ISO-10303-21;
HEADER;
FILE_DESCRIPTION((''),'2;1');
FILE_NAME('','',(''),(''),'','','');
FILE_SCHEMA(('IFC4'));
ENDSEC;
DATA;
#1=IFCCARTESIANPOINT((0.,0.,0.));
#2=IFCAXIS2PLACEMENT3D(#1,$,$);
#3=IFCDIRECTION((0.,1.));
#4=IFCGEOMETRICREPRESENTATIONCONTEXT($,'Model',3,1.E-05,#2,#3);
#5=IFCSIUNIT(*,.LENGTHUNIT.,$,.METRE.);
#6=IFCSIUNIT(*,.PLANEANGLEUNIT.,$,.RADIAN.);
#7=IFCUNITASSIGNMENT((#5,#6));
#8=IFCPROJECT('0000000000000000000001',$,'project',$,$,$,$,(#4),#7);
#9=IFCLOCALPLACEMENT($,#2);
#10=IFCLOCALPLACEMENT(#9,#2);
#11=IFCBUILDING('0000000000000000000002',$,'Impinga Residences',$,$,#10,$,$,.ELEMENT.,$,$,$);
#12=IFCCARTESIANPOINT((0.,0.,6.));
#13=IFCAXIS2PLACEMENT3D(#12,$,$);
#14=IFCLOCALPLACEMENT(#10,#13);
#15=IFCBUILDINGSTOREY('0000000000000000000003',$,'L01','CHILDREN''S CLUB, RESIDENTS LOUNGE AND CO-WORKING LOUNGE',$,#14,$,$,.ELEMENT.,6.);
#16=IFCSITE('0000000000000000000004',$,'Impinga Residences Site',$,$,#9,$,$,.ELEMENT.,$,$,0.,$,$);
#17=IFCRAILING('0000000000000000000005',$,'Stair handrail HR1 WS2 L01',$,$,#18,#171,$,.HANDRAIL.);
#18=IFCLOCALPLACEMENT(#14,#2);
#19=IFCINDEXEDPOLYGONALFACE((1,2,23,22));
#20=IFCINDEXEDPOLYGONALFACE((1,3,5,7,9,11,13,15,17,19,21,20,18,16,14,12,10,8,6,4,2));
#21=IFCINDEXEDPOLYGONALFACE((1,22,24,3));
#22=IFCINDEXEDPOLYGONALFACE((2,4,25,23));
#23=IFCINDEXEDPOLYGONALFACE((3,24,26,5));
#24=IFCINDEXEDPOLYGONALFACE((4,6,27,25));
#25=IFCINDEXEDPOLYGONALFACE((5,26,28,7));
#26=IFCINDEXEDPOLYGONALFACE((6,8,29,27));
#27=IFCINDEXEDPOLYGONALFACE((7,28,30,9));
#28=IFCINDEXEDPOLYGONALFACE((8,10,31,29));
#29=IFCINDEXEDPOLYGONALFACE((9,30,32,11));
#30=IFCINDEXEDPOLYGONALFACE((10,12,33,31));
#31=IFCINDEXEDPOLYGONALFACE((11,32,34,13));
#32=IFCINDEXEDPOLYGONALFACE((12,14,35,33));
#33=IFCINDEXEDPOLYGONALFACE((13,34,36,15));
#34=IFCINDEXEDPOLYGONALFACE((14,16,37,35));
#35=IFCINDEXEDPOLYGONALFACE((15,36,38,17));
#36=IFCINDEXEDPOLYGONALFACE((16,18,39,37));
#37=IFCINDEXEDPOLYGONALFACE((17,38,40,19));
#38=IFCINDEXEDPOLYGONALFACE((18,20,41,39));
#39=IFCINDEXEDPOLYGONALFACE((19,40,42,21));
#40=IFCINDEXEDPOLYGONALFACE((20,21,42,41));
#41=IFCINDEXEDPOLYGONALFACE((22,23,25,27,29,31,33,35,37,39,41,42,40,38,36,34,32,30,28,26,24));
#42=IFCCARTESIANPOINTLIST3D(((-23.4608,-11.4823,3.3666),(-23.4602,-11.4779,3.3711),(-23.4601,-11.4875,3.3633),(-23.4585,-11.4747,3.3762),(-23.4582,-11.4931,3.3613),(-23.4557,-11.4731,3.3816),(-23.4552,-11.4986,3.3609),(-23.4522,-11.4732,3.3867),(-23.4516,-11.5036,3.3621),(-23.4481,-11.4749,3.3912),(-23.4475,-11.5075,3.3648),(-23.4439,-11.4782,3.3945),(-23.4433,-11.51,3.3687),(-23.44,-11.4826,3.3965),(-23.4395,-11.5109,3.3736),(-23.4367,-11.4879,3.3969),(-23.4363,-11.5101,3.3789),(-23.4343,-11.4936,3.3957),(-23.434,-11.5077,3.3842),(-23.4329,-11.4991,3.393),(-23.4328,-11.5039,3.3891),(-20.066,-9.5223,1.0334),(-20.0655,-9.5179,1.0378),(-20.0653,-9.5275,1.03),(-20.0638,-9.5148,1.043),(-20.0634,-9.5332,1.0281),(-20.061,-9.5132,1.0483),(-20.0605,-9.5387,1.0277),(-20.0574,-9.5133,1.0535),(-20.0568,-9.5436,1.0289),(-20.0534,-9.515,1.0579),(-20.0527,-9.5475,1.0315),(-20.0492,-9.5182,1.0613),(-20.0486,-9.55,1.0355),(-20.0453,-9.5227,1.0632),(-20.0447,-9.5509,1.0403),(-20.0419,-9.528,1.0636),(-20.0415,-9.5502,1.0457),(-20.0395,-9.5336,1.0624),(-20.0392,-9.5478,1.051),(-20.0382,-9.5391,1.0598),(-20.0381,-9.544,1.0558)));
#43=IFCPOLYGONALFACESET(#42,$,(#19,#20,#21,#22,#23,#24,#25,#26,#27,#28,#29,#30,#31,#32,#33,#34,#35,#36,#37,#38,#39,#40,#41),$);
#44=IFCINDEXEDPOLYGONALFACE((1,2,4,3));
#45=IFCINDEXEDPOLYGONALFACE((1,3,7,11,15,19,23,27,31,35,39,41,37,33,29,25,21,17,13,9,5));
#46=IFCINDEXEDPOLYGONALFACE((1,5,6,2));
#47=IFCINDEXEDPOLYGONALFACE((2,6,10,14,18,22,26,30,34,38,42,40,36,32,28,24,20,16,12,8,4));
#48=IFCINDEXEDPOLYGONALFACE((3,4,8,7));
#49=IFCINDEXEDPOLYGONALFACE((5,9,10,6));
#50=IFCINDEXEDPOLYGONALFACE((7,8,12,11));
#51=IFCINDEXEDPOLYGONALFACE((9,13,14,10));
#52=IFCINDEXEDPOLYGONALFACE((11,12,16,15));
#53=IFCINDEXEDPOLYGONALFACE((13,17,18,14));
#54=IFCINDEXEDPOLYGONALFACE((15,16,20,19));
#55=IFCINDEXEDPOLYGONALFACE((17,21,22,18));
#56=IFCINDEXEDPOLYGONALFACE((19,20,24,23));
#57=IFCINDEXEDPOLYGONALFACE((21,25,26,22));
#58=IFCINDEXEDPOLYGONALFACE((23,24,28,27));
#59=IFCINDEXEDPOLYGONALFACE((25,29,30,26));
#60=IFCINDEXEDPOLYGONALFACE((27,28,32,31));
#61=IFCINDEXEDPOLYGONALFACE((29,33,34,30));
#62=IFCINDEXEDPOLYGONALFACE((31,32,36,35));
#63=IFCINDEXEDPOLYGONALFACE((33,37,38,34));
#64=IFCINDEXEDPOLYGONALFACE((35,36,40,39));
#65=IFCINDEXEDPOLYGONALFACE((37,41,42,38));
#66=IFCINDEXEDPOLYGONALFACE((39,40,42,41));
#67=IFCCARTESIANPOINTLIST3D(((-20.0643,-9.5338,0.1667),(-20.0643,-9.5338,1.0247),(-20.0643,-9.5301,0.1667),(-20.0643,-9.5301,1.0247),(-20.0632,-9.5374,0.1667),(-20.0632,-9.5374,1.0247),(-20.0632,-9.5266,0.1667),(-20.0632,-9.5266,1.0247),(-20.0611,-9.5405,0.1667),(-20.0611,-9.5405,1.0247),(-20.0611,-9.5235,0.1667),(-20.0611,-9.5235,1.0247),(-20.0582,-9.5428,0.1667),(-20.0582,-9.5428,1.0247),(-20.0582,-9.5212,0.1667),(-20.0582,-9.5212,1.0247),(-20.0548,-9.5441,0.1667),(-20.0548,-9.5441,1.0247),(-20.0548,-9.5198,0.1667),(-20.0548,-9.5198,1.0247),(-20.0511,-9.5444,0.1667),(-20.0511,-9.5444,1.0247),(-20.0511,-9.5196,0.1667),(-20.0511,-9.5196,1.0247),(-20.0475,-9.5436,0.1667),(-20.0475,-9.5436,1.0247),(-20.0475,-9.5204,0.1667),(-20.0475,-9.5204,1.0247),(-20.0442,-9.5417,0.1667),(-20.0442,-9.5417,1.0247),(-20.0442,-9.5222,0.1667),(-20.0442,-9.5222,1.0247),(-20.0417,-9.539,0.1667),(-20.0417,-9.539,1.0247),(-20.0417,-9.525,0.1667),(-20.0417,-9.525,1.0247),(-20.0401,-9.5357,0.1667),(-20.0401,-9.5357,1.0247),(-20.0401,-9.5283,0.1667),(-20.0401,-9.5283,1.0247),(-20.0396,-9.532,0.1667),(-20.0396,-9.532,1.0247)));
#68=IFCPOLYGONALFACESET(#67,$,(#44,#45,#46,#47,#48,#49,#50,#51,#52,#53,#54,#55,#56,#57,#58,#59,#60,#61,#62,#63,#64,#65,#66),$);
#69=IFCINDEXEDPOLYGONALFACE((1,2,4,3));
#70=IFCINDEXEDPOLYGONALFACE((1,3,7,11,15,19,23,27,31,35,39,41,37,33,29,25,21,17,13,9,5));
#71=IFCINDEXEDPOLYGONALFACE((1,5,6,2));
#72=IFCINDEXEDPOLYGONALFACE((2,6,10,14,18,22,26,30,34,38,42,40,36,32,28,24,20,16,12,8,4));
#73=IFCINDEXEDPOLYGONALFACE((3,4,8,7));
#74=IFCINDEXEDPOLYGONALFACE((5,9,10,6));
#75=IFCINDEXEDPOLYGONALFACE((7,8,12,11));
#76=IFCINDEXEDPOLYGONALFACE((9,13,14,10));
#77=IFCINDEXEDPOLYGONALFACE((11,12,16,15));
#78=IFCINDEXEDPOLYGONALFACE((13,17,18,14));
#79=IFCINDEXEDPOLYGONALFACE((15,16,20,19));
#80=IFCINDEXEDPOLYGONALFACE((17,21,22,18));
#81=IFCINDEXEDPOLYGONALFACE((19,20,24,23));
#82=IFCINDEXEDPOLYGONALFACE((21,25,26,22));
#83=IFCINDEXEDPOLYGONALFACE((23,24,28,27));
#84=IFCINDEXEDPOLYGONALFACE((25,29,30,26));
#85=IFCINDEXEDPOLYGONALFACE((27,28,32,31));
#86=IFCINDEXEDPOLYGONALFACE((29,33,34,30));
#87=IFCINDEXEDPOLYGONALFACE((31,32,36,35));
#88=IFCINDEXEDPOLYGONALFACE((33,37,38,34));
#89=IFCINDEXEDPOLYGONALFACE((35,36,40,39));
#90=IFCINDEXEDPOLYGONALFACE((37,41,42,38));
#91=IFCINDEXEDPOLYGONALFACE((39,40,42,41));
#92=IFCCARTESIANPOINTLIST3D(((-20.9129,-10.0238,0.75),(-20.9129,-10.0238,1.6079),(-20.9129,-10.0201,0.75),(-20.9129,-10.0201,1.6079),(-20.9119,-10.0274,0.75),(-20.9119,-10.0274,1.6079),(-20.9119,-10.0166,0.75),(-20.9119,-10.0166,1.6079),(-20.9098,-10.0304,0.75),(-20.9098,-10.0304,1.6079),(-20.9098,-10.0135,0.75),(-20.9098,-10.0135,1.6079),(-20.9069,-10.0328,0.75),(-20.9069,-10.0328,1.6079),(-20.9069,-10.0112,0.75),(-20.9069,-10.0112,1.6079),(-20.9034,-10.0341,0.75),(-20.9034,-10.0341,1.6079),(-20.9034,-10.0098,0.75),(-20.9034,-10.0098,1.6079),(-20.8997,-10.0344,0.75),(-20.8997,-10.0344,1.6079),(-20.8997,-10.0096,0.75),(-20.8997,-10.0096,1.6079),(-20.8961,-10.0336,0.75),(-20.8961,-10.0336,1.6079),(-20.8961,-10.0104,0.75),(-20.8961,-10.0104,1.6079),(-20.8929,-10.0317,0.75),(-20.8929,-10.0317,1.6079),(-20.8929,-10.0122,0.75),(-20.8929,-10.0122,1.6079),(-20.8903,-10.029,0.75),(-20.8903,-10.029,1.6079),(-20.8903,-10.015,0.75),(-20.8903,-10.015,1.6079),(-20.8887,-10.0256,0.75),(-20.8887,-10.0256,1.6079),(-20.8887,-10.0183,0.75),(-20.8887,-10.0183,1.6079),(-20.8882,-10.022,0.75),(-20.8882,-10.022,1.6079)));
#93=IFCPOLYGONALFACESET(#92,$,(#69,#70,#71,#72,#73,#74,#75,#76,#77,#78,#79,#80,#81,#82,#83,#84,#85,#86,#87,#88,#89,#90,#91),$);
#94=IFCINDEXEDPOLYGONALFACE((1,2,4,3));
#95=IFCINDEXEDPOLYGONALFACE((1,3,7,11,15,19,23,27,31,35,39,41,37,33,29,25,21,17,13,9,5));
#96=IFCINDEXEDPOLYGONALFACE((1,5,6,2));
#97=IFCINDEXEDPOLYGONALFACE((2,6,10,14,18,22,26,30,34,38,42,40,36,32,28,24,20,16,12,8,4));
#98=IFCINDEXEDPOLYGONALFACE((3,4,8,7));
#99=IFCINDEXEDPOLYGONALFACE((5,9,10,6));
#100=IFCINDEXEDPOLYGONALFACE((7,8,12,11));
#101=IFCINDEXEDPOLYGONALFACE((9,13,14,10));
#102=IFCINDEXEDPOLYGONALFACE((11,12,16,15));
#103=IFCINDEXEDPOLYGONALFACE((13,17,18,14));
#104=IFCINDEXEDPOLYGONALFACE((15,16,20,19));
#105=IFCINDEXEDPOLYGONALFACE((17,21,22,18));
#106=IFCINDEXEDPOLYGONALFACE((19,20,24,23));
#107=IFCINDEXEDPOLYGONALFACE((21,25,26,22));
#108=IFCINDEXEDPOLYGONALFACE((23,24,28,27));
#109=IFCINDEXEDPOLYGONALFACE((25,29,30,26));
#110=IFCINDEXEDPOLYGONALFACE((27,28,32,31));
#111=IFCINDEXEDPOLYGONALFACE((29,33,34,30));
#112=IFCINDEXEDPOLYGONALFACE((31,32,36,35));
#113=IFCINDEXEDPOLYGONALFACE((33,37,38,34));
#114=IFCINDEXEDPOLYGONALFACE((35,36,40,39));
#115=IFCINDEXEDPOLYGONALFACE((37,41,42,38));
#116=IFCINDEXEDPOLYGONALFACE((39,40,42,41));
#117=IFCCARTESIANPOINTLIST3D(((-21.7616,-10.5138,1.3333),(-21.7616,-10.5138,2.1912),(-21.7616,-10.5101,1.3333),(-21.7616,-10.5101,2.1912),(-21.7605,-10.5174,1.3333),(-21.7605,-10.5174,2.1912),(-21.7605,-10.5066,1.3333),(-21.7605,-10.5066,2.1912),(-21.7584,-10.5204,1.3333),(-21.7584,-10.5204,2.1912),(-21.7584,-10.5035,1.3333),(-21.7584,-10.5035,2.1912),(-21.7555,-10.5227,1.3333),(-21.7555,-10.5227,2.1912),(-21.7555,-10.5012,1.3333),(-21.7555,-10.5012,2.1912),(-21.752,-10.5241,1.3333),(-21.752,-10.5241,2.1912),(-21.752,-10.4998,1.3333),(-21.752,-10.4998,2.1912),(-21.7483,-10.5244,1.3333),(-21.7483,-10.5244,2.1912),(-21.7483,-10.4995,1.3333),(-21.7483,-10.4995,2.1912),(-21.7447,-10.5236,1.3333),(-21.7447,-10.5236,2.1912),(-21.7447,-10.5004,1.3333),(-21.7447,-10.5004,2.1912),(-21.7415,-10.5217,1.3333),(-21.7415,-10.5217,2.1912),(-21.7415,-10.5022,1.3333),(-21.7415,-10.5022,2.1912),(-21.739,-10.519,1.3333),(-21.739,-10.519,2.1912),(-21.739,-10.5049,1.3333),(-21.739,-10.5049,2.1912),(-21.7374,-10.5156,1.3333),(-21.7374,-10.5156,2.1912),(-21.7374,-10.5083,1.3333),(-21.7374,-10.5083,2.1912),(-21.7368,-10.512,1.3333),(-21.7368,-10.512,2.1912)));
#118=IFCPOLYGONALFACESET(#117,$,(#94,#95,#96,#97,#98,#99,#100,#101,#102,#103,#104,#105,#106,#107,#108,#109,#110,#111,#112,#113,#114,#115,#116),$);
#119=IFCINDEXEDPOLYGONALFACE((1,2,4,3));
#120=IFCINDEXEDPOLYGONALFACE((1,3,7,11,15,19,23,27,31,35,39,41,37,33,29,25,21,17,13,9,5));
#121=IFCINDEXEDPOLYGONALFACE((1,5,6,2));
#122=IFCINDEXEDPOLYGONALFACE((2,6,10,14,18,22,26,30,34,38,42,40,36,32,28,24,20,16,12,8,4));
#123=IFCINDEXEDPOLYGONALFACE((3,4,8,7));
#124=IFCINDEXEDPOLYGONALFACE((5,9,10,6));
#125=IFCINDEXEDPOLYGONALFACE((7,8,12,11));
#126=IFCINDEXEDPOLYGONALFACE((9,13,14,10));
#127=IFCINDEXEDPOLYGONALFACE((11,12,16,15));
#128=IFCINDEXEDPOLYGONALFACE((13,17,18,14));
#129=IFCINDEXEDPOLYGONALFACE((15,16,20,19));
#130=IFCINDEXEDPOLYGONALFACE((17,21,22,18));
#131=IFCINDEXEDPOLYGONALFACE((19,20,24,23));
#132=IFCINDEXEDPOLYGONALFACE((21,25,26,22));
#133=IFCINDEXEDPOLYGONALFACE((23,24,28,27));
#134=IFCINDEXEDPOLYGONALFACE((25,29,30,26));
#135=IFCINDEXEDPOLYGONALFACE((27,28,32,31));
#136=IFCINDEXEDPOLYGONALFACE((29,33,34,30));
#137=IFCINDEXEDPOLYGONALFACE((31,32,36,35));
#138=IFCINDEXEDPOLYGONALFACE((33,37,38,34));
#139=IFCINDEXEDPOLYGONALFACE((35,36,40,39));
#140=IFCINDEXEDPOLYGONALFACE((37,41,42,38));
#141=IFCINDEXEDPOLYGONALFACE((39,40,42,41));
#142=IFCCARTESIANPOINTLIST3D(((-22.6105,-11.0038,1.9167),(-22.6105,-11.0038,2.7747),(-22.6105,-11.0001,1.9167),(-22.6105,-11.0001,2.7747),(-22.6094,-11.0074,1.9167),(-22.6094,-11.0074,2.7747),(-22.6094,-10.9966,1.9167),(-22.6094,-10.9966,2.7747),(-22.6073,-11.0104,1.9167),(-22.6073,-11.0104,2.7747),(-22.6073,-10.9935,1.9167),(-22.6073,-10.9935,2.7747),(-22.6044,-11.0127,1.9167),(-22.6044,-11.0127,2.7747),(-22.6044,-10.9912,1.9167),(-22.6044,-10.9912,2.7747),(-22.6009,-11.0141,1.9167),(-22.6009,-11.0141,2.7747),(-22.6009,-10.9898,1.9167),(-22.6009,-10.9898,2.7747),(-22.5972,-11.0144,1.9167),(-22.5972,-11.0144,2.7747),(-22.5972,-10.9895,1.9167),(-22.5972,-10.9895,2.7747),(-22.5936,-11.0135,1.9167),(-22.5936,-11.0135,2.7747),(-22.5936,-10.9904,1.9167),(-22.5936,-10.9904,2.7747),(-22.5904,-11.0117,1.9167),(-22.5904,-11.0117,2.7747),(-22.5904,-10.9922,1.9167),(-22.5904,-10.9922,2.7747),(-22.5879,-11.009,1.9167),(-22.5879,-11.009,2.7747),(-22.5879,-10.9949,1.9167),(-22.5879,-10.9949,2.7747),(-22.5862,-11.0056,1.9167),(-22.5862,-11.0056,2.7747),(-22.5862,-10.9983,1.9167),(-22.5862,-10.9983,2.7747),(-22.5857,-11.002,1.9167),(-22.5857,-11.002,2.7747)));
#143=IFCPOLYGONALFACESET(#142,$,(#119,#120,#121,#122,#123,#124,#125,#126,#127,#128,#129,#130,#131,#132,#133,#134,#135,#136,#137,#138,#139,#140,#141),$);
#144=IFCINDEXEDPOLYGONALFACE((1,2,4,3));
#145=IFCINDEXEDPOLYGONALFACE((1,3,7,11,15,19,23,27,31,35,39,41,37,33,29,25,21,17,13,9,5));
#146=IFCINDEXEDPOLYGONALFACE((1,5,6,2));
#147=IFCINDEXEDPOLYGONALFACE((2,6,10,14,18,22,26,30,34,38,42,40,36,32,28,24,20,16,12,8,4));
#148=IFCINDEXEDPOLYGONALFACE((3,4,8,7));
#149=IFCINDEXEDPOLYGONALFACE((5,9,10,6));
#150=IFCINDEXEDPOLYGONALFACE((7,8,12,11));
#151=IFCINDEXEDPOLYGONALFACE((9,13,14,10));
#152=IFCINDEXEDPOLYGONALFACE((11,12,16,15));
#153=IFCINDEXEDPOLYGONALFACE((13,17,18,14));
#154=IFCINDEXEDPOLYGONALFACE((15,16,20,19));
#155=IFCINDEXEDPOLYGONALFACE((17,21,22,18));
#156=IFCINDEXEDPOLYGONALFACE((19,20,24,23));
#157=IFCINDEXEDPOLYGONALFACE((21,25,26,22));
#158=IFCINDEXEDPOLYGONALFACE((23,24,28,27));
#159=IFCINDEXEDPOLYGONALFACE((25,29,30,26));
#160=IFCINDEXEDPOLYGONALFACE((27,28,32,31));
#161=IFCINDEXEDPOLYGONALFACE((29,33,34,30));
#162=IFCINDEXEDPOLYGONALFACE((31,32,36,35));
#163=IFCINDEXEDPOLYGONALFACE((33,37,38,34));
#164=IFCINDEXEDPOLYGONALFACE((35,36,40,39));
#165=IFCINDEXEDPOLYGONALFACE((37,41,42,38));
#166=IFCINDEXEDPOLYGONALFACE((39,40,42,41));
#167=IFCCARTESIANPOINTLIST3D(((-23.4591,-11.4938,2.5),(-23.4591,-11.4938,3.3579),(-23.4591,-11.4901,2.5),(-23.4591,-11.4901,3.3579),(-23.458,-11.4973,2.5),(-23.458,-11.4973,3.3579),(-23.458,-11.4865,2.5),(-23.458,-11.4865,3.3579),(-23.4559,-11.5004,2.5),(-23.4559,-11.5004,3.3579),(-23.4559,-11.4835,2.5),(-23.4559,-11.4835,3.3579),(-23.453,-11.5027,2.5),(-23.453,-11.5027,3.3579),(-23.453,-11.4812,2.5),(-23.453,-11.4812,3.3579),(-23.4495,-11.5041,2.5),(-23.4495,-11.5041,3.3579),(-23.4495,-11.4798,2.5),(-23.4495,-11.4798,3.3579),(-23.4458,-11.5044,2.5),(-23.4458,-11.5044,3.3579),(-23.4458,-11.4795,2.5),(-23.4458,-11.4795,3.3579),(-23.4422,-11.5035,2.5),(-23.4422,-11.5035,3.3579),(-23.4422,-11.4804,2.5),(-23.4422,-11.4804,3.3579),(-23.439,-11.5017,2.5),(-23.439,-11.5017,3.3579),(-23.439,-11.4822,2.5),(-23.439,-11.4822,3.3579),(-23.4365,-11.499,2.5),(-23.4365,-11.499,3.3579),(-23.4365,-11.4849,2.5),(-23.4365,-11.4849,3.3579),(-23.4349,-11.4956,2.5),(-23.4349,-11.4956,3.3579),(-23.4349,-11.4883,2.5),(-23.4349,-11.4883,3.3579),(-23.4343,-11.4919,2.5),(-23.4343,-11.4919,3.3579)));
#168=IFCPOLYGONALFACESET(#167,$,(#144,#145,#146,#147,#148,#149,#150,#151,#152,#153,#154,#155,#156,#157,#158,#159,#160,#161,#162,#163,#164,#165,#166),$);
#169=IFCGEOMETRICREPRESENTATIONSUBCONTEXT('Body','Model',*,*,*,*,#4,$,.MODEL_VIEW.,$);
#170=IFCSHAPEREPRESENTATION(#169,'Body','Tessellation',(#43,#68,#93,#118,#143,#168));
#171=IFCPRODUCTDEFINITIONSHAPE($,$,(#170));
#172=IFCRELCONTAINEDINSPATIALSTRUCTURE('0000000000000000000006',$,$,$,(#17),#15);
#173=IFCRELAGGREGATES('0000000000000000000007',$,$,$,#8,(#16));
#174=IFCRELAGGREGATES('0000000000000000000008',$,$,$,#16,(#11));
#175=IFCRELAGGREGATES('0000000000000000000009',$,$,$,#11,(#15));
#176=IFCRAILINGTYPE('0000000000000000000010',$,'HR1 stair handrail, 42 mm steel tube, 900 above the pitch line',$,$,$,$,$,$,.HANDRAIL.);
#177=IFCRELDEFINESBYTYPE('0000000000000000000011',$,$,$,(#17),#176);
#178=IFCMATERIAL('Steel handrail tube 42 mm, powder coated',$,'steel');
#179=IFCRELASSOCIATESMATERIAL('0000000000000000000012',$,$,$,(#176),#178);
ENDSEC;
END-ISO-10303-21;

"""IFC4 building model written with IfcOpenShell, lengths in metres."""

from ifc_helpers import new_model, si_unit, direction, frame, origin, origin_2d, place, context, subcontext, project, spatial, circle, extrude, material, type_object, element, save


model = new_model("IFC4")

# Units and contexts
model_context = context("Model", 3, precision=1e-05, world=origin(), true_north=direction((0.0, 1.0)))
body_context = subcontext(model_context, "Body", "Model", "MODEL_VIEW")
ifc_project = project(units=[si_unit("LENGTHUNIT", "METRE"), si_unit("PLANEANGLEUNIT", "RADIAN")], contexts=[model_context])

# Site, building, storey
site_placement = place(None, origin())
site = spatial("IfcSite", under=ifc_project, at=site_placement, Name="Impinga Residences Site", CompositionType="ELEMENT", RefElevation=0.0)
building_placement = place(site_placement, origin())
building = spatial("IfcBuilding", under=site, at=building_placement, Name="Impinga Residences", CompositionType="ELEMENT")
storey_placement = place(building_placement, frame((0.0, 0.0, 6.0)))
storey = spatial("IfcBuildingStorey", under=building, at=storey_placement, Name="L01", Description="CHILDREN'S CLUB, RESIDENTS LOUNGE AND CO-WORKING LOUNGE", CompositionType="ELEMENT", Elevation=6.0)

# Railing
ifc_material_1 = material(Name="Steel handrail tube 42 mm, powder coated", Category="steel")
railing_type_1 = type_object("IfcRailingType", Name="HR1 stair handrail, 42 mm steel tube, 900 above the pitch line", PredefinedType="HANDRAIL", material=ifc_material_1)
railing_1_placement = place(storey_placement, frame((-20.052, -9.532, 0.1667)))
element("IfcRailing", 1, at=railing_1_placement, inside=storey, type_object=railing_type_1, Name="Stair handrail HR1 WS2 L01", PredefinedType="HANDRAIL", context=body_context, shape_type="SweptSolid", body=[
    extrude(circle(Radius=0.021, at=origin_2d()), frame((0.0, 0.0, 0.8789), z_axis=(-0.744175, -0.429646, 0.511476), x_axis=(0.499997, -0.866027, 0.0)), (0.0, 0.0, 1.0), 4.5618),
    extrude(circle(Radius=0.0125, at=origin_2d()), origin(), (0.0, 0.0, 1.0), 0.8579),
    extrude(circle(Radius=0.0125, at=origin_2d()), frame((-0.8486, -0.49, 0.5833)), (0.0, 0.0, 1.0), 0.8579),
    extrude(circle(Radius=0.0125, at=origin_2d()), frame((-1.6973, -0.98, 1.1665)), (0.0, 0.0, 1.0), 0.8579),
    extrude(circle(Radius=0.0125, at=origin_2d()), frame((-2.5461, -1.47, 1.75)), (0.0, 0.0, 1.0), 0.8579),
    extrude(circle(Radius=0.0125, at=origin_2d()), frame((-3.3948, -1.96, 2.3333)), (0.0, 0.0, 1.0), 0.8579),
])

save(model, "model.ifc")
